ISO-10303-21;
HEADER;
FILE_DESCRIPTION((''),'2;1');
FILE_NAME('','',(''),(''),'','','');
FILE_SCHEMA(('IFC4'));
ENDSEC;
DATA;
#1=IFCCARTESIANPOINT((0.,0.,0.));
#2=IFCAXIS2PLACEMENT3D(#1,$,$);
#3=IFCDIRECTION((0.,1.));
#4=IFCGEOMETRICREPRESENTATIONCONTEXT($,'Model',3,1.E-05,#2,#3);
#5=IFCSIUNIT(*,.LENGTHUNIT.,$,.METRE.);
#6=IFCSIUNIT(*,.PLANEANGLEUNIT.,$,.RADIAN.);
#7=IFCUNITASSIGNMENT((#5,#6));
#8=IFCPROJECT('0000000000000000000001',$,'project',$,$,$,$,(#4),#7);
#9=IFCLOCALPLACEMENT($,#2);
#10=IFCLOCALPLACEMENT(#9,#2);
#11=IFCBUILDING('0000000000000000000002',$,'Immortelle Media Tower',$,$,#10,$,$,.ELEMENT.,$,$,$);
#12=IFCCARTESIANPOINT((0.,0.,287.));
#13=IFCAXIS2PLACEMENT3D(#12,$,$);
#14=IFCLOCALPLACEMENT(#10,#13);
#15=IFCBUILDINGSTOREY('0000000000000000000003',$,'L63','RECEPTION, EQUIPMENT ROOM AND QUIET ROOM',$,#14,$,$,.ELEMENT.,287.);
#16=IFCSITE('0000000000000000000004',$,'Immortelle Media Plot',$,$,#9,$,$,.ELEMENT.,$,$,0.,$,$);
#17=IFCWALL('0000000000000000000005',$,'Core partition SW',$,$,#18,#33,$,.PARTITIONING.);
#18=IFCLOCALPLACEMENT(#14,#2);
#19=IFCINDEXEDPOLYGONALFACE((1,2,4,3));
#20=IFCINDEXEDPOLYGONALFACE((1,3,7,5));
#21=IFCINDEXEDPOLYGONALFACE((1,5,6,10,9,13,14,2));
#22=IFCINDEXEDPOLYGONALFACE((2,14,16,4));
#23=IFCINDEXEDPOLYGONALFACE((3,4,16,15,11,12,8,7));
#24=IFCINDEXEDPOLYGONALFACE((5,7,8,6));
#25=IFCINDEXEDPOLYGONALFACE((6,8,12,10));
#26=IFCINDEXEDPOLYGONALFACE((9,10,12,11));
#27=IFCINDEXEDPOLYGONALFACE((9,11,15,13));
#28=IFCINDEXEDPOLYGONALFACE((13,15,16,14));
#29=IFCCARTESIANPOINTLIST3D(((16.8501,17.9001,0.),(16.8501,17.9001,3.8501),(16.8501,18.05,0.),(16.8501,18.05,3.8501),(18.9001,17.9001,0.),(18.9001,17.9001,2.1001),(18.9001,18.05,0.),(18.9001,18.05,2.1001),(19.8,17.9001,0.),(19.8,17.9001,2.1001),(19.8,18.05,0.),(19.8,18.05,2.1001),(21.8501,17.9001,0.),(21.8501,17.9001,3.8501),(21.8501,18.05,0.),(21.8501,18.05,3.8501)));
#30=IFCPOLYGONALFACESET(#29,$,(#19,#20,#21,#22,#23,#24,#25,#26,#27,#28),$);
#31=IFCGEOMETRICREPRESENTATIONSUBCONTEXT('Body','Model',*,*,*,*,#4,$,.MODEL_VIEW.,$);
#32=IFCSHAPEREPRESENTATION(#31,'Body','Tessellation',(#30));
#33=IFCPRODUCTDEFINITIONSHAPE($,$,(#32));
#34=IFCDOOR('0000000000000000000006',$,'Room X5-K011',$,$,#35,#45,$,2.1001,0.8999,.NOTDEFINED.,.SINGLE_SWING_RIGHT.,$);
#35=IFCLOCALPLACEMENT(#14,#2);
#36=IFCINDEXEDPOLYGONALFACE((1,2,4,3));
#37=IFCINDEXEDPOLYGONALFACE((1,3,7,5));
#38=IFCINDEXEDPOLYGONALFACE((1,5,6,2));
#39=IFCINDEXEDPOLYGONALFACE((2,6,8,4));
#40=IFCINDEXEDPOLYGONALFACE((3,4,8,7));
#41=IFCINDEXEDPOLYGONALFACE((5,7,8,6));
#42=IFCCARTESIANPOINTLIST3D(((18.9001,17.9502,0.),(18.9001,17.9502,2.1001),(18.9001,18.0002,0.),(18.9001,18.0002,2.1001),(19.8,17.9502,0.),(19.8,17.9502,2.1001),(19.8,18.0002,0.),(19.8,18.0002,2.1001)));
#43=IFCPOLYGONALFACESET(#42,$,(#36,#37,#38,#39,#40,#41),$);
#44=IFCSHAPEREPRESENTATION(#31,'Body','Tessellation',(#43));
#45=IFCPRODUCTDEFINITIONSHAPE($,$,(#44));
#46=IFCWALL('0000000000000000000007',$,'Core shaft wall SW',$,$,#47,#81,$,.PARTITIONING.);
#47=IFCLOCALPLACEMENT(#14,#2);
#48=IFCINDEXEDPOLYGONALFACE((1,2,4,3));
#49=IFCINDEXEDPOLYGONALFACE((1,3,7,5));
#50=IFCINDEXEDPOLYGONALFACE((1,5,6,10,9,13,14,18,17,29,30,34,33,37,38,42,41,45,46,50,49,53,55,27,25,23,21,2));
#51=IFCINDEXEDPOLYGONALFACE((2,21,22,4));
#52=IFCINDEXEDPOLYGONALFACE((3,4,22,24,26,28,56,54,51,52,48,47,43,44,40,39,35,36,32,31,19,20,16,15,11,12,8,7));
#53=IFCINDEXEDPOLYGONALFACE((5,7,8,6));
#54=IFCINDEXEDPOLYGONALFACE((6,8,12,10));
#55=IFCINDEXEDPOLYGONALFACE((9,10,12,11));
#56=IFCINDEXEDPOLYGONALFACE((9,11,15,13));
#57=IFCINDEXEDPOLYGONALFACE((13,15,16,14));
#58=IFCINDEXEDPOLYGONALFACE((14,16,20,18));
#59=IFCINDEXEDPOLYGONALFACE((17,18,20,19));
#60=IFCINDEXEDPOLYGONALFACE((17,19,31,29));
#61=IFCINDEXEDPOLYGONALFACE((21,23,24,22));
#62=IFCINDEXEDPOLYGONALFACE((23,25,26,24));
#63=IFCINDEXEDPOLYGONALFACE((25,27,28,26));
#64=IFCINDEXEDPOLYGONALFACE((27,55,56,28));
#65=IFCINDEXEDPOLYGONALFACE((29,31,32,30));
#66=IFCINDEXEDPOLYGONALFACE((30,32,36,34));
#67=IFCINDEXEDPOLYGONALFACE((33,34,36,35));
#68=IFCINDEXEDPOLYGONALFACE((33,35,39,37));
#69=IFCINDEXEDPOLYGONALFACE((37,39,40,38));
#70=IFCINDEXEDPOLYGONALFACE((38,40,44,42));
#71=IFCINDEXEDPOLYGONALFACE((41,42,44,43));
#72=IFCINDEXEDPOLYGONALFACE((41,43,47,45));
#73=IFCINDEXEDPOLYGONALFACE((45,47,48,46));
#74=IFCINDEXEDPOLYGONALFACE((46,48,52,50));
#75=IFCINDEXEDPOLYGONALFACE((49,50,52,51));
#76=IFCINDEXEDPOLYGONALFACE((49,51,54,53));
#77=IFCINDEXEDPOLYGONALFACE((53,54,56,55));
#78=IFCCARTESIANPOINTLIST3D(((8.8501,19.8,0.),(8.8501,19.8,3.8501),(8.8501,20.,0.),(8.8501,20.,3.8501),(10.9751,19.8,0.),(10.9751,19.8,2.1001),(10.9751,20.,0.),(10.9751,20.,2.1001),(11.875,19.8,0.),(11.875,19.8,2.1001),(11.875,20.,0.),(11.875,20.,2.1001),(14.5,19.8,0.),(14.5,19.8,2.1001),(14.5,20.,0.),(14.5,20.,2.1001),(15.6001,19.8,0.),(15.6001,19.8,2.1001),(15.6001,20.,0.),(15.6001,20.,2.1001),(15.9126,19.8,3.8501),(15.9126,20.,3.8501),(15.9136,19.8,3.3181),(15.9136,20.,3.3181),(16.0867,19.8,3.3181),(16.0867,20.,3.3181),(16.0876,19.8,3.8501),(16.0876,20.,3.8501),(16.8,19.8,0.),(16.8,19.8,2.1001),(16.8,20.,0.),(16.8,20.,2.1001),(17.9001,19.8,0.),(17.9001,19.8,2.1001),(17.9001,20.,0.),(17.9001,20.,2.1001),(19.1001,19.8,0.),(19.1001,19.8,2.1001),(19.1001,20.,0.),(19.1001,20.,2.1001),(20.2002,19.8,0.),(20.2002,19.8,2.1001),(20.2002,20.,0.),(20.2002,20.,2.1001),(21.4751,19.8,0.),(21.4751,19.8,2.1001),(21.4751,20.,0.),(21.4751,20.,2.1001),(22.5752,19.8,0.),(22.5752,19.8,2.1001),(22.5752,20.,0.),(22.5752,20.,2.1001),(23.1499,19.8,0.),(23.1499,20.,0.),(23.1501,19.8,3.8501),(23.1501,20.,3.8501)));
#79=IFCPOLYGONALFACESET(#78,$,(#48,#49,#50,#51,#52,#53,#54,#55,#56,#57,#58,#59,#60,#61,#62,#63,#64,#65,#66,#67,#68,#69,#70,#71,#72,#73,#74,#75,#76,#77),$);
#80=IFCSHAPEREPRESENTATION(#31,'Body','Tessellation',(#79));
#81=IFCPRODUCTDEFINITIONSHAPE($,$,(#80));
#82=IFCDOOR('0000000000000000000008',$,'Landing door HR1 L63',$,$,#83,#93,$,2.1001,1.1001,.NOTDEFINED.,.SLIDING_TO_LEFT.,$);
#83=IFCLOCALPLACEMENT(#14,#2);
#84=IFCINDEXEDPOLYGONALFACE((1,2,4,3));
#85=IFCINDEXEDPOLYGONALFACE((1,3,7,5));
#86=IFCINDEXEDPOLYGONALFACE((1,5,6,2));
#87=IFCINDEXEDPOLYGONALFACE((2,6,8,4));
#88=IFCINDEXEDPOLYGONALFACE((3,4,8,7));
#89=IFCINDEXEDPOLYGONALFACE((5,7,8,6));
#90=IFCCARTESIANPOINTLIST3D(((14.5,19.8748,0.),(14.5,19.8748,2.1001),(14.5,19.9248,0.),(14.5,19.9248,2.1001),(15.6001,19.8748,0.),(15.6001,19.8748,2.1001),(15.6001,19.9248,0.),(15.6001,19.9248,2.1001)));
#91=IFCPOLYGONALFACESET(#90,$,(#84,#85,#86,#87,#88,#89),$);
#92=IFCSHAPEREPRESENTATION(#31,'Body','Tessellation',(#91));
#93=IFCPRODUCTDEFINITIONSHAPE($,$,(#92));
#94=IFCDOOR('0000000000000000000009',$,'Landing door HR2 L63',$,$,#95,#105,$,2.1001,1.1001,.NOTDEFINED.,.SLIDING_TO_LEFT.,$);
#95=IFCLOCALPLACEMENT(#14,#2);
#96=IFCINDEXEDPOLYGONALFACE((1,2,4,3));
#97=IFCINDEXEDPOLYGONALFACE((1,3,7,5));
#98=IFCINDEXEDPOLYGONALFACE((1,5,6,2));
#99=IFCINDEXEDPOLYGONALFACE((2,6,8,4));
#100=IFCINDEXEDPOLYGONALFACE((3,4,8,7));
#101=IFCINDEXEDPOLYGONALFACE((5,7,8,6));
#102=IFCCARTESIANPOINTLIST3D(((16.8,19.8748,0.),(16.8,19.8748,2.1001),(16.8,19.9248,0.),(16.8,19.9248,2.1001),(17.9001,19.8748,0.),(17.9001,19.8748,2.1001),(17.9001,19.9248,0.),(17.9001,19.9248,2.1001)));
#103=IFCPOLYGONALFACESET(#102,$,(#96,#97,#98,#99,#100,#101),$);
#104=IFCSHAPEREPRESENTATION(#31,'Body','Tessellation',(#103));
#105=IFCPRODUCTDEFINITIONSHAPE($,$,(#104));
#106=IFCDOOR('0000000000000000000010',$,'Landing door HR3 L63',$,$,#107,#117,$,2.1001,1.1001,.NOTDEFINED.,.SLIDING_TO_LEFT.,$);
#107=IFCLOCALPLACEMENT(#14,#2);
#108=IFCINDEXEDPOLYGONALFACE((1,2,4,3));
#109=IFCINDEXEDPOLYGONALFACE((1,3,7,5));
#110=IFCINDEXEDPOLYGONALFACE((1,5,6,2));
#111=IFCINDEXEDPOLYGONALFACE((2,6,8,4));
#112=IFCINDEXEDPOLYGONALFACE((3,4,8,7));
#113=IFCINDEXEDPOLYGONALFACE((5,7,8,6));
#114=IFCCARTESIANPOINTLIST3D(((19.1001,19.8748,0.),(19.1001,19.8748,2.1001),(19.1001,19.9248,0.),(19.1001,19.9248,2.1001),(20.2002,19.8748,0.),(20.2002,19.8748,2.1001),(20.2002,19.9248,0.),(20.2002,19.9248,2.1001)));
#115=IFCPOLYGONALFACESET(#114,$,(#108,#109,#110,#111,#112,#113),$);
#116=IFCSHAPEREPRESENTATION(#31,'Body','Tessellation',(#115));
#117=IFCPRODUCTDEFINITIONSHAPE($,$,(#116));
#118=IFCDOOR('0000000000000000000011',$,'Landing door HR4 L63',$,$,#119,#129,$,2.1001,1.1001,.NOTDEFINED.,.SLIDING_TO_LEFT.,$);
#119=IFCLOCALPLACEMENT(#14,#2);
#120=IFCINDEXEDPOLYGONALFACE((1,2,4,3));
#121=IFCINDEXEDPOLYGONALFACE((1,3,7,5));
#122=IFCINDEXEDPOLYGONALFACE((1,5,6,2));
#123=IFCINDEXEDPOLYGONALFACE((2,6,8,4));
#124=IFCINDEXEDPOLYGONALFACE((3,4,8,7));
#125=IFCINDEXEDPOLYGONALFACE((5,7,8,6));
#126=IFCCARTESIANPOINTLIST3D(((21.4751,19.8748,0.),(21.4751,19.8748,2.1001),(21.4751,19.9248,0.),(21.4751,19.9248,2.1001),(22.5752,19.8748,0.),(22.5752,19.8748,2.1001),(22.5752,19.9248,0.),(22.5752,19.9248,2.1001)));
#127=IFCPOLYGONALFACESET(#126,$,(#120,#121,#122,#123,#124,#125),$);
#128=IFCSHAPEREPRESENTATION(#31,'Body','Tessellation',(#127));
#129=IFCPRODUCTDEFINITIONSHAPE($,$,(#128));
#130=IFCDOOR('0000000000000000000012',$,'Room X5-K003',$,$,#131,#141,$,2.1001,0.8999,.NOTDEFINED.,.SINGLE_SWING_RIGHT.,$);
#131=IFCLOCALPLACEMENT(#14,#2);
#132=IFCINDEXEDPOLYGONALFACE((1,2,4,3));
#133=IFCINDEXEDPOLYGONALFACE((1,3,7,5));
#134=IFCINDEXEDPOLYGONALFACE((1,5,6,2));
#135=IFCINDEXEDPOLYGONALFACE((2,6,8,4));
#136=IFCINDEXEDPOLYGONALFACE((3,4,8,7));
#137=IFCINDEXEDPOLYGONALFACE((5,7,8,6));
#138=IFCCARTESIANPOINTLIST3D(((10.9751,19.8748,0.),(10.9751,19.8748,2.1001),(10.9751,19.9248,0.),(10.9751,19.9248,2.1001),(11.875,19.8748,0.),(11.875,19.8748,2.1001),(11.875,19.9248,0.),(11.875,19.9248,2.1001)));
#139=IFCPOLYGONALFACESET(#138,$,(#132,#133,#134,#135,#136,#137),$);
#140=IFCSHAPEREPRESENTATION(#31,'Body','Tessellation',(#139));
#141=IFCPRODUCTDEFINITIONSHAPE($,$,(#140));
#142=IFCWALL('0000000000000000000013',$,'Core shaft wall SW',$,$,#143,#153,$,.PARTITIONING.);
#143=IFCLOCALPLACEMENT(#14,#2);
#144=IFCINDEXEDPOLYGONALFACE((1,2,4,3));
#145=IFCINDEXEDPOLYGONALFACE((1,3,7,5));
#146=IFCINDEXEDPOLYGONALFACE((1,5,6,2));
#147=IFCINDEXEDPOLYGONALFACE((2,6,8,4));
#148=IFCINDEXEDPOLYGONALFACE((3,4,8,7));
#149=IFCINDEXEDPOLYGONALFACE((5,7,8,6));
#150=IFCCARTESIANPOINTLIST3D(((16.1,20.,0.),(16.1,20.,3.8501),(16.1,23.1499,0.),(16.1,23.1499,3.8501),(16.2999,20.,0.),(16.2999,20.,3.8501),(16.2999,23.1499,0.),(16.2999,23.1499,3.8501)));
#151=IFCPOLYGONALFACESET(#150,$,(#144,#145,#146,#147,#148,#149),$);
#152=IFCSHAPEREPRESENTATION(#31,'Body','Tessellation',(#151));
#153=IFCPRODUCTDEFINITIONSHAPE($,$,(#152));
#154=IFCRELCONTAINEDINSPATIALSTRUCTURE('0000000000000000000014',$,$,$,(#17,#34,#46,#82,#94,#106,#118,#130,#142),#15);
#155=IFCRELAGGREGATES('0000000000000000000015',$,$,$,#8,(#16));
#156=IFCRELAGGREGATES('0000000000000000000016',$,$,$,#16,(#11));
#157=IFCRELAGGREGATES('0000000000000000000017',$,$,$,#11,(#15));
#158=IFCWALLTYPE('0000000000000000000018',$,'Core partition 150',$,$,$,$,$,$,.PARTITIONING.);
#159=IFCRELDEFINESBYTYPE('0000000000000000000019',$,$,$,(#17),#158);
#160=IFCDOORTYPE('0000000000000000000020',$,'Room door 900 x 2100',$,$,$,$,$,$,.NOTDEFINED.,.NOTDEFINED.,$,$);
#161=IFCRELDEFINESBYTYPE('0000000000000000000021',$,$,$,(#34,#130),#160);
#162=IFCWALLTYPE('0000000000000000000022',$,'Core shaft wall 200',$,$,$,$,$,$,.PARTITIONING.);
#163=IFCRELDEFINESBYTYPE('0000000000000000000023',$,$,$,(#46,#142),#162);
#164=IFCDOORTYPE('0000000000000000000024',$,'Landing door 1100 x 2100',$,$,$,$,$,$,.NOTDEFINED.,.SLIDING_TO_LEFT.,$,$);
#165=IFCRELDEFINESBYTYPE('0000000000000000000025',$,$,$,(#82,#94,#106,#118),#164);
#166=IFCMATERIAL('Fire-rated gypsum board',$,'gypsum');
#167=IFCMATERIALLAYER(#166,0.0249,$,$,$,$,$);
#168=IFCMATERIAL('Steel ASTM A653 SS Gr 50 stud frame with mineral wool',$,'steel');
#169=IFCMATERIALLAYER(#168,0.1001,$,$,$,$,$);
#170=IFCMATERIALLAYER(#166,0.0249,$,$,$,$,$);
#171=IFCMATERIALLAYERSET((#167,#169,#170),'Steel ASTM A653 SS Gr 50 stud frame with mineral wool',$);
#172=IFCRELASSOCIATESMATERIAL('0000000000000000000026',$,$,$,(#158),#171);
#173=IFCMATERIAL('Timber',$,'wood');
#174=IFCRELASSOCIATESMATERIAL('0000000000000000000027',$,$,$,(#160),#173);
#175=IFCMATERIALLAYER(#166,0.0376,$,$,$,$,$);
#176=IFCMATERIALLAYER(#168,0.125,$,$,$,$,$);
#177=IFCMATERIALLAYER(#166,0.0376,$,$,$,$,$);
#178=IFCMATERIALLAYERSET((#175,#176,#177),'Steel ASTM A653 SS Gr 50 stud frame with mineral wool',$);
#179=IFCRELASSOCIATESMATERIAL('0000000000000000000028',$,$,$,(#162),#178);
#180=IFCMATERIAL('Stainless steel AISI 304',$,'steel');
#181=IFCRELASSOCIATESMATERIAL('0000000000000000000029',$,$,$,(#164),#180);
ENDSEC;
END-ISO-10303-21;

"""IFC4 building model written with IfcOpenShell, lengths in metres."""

from ifc_helpers import new_model, si_unit, direction, frame, frame_2d, origin, place, context, subcontext, project, spatial, polyline, rectangle, outline, extrude, material, layer, layer_set, type_object, element, fill, save


model = new_model("IFC4")

# Units and contexts
model_context = context("Model", 3, precision=1e-05, world=origin(), true_north=direction((0.0, 1.0)))
body_context = subcontext(model_context, "Body", "Model", "MODEL_VIEW")
ifc_project = project(units=[si_unit("LENGTHUNIT", "METRE"), si_unit("PLANEANGLEUNIT", "RADIAN")], contexts=[model_context])

# Site, building, storey
site_placement = place(None, origin())
site = spatial("IfcSite", under=ifc_project, at=site_placement, Name="Immortelle Media Plot", CompositionType="ELEMENT", RefElevation=0.0)
building_placement = place(site_placement, origin())
building = spatial("IfcBuilding", under=site, at=building_placement, Name="Immortelle Media Tower", CompositionType="ELEMENT")
storey_placement = place(building_placement, frame((0.0, 0.0, 287.0)))
storey = spatial("IfcBuildingStorey", under=building, at=storey_placement, Name="L63", Description="RECEPTION, EQUIPMENT ROOM AND QUIET ROOM", CompositionType="ELEMENT", Elevation=287.0)

# Shared definitions
ifc_material_1 = material(Name="Timber", Category="wood")

# Shared definitions
ifc_material_2 = material(Name="Fire-rated gypsum board", Category="gypsum")
ifc_layer_1 = layer(ifc_material_2, 0.0249)
ifc_material_3 = material(Name="Steel ASTM A653 SS Gr 50 stud frame with mineral wool", Category="steel")
ifc_layer_2 = layer(ifc_material_3, 0.1001)
ifc_layer_3 = layer(ifc_material_2, 0.0249)
ifc_layer_set_1 = layer_set([ifc_layer_1, ifc_layer_2, ifc_layer_3], Name="Steel ASTM A653 SS Gr 50 stud frame with mineral wool")
wall_type_1 = type_object("IfcWallType", Name="Core partition 150", PredefinedType="PARTITIONING", material=ifc_layer_set_1)

# Shared definitions
door_type_1 = type_object("IfcDoorType", Name="Room door 900 x 2100", OperationType="NOTDEFINED", PredefinedType="NOTDEFINED", material=ifc_material_1)

# Wall, opening, door
wall_1_placement = place(storey_placement, frame((16.8501, 17.9751, 0.0), z_axis=(0.0, 0.0, 1.0), x_axis=(1.0, 0.0, 0.0)))
wall_1 = element("IfcWall", 1, at=wall_1_placement, inside=storey, type_object=wall_type_1, Name="Core partition SW", PredefinedType="PARTITIONING", context=body_context, shape_type="SweptSolid", body=[
    extrude(rectangle(XDim=5.0, YDim=0.1499, at=frame_2d((2.5, 0.0))), origin(), (0.0, 0.0, 1.0), 3.8501),
])
opening_1_placement = place(wall_1_placement, frame((2.95, 0.0, 0.0), z_axis=(0.0, 0.0, 1.0), x_axis=(-1.0, 0.0, 0.0)))
opening_1 = element("IfcOpeningElement", 2, at=opening_1_placement, cuts=wall_1, PredefinedType="OPENING", context=body_context, shape_type="SweptSolid", body=[
    extrude(rectangle(XDim=0.8999, YDim=2.1001, at=frame_2d((0.45, 1.05))), frame((0.0, 0.085, 0.0), z_axis=(0.0, -1.0, 0.0), x_axis=(1.0, 0.0, 0.0)), (0.0, 0.0, 1.0), 0.1699),
])
door_1_placement = place(opening_1_placement, origin())
door_1 = element("IfcDoor", 3, at=door_1_placement, inside=storey, type_object=door_type_1, Name="Room X5-K011", OperationType="SINGLE_SWING_RIGHT", OverallHeight=2.1001, OverallWidth=0.8999, PredefinedType="NOTDEFINED", context=body_context, shape_type="SweptSolid", body=[
    extrude(rectangle(XDim=0.8999, YDim=2.1001, at=frame_2d((0.45, 1.05))), frame((0.0, 0.0249, 0.0), z_axis=(0.0, -1.0, 0.0), x_axis=(1.0, 0.0, 0.0)), (0.0, 0.0, 1.0), 0.05),
])
fill(opening_1, door_1)

# Wall, openings, doors
ifc_layer_4 = layer(ifc_material_2, 0.0376)
ifc_layer_5 = layer(ifc_material_3, 0.125)
ifc_layer_6 = layer(ifc_material_2, 0.0376)
ifc_layer_set_2 = layer_set([ifc_layer_4, ifc_layer_5, ifc_layer_6], Name="Steel ASTM A653 SS Gr 50 stud frame with mineral wool")
wall_type_2 = type_object("IfcWallType", Name="Core shaft wall 200", PredefinedType="PARTITIONING", material=ifc_layer_set_2)
wall_2_placement = place(storey_placement, frame((8.8501, 19.8999, 0.0), z_axis=(0.0, 0.0, 1.0), x_axis=(1.0, 0.0, 0.0)))
wall_2 = element("IfcWall", 4, at=wall_2_placement, inside=storey, type_object=wall_type_2, Name="Core shaft wall SW", PredefinedType="PARTITIONING", context=body_context, shape_type="SweptSolid", body=[
    extrude(outline(polyline([(0.0, 0.0), (14.2998, 0.0), (14.3, 3.8501), (7.2375, 3.8501), (7.2366, 3.3181), (7.0635, 3.3181), (7.0625, 3.8501), (0.0, 3.8501), (0.0, 0.0)])), frame((0.0, 0.1001, 0.0), z_axis=(0.0, -1.0, 0.0), x_axis=(1.0, 0.0, 0.0)), (0.0, 0.0, 1.0), 0.2),
])
opening_2_placement = place(wall_2_placement, frame((2.125, 0.0, 0.0)))
opening_2 = element("IfcOpeningElement", 5, at=opening_2_placement, cuts=wall_2, PredefinedType="OPENING", context=body_context, shape_type="SweptSolid", body=[
    extrude(rectangle(XDim=0.8999, YDim=2.1001, at=frame_2d((0.45, 1.05))), frame((0.0, 0.1099, 0.0), z_axis=(0.0, -1.0, 0.0), x_axis=(1.0, 0.0, 0.0)), (0.0, 0.0, 1.0), 0.22),
])
opening_3_placement = place(wall_2_placement, frame((5.6499, 0.0, 0.0)))
opening_3 = element("IfcOpeningElement", 6, at=opening_3_placement, cuts=wall_2, PredefinedType="OPENING", context=body_context, shape_type="SweptSolid", body=[
    extrude(rectangle(XDim=1.1001, YDim=2.1001, at=frame_2d((0.55, 1.05))), frame((0.0, 0.1099, 0.0), z_axis=(0.0, -1.0, 0.0), x_axis=(1.0, 0.0, 0.0)), (0.0, 0.0, 1.0), 0.22),
])
opening_4_placement = place(wall_2_placement, frame((7.95, 0.0, 0.0)))
opening_4 = element("IfcOpeningElement", 7, at=opening_4_placement, cuts=wall_2, PredefinedType="OPENING", context=body_context, shape_type="SweptSolid", body=[
    extrude(rectangle(XDim=1.1001, YDim=2.1001, at=frame_2d((0.55, 1.05))), frame((0.0, 0.1099, 0.0), z_axis=(0.0, -1.0, 0.0), x_axis=(1.0, 0.0, 0.0)), (0.0, 0.0, 1.0), 0.22),
])
opening_5_placement = place(wall_2_placement, frame((10.25, 0.0, 0.0)))
opening_5 = element("IfcOpeningElement", 8, at=opening_5_placement, cuts=wall_2, PredefinedType="OPENING", context=body_context, shape_type="SweptSolid", body=[
    extrude(rectangle(XDim=1.1001, YDim=2.1001, at=frame_2d((0.55, 1.05))), frame((0.0, 0.1099, 0.0), z_axis=(0.0, -1.0, 0.0), x_axis=(1.0, 0.0, 0.0)), (0.0, 0.0, 1.0), 0.22),
])
opening_6_placement = place(wall_2_placement, frame((12.625, 0.0, 0.0)))
opening_6 = element("IfcOpeningElement", 9, at=opening_6_placement, cuts=wall_2, PredefinedType="OPENING", context=body_context, shape_type="SweptSolid", body=[
    extrude(rectangle(XDim=1.1001, YDim=2.1001, at=frame_2d((0.55, 1.05))), frame((0.0, 0.1099, 0.0), z_axis=(0.0, -1.0, 0.0), x_axis=(1.0, 0.0, 0.0)), (0.0, 0.0, 1.0), 0.22),
])
ifc_material_4 = material(Name="Stainless steel AISI 304", Category="steel")
door_type_2 = type_object("IfcDoorType", Name="Landing door 1100 x 2100", OperationType="SLIDING_TO_LEFT", PredefinedType="NOTDEFINED", material=ifc_material_4)
door_2_placement = place(opening_3_placement, origin())
door_2 = element("IfcDoor", 10, at=door_2_placement, inside=storey, type_object=door_type_2, Name="Landing door HR1 L63", OperationType="SLIDING_TO_LEFT", OverallHeight=2.1001, OverallWidth=1.1001, PredefinedType="NOTDEFINED", context=body_context, shape_type="SweptSolid", body=[
    extrude(rectangle(XDim=1.1001, YDim=2.1001, at=frame_2d((0.55, 1.05))), frame((0.0, 0.0249, 0.0), z_axis=(0.0, -1.0, 0.0), x_axis=(1.0, 0.0, 0.0)), (0.0, 0.0, 1.0), 0.05),
])
fill(opening_3, door_2)
door_3_placement = place(opening_4_placement, origin())
door_3 = element("IfcDoor", 11, at=door_3_placement, inside=storey, type_object=door_type_2, Name="Landing door HR2 L63", OperationType="SLIDING_TO_LEFT", OverallHeight=2.1001, OverallWidth=1.1001, PredefinedType="NOTDEFINED", context=body_context, shape_type="SweptSolid", body=[
    extrude(rectangle(XDim=1.1001, YDim=2.1001, at=frame_2d((0.55, 1.05))), frame((0.0, 0.0249, 0.0), z_axis=(0.0, -1.0, 0.0), x_axis=(1.0, 0.0, 0.0)), (0.0, 0.0, 1.0), 0.05),
])
fill(opening_4, door_3)
door_4_placement = place(opening_5_placement, origin())
door_4 = element("IfcDoor", 12, at=door_4_placement, inside=storey, type_object=door_type_2, Name="Landing door HR3 L63", OperationType="SLIDING_TO_LEFT", OverallHeight=2.1001, OverallWidth=1.1001, PredefinedType="NOTDEFINED", context=body_context, shape_type="SweptSolid", body=[
    extrude(rectangle(XDim=1.1001, YDim=2.1001, at=frame_2d((0.55, 1.05))), frame((0.0, 0.0249, 0.0), z_axis=(0.0, -1.0, 0.0), x_axis=(1.0, 0.0, 0.0)), (0.0, 0.0, 1.0), 0.05),
])
fill(opening_5, door_4)
door_5_placement = place(opening_6_placement, origin())
door_5 = element("IfcDoor", 13, at=door_5_placement, inside=storey, type_object=door_type_2, Name="Landing door HR4 L63", OperationType="SLIDING_TO_LEFT", OverallHeight=2.1001, OverallWidth=1.1001, PredefinedType="NOTDEFINED", context=body_context, shape_type="SweptSolid", body=[
    extrude(rectangle(XDim=1.1001, YDim=2.1001, at=frame_2d((0.55, 1.05))), frame((0.0, 0.0249, 0.0), z_axis=(0.0, -1.0, 0.0), x_axis=(1.0, 0.0, 0.0)), (0.0, 0.0, 1.0), 0.05),
])
fill(opening_6, door_5)
door_6_placement = place(opening_2_placement, origin())
door_6 = element("IfcDoor", 14, at=door_6_placement, inside=storey, type_object=door_type_1, Name="Room X5-K003", OperationType="SINGLE_SWING_RIGHT", OverallHeight=2.1001, OverallWidth=0.8999, PredefinedType="NOTDEFINED", context=body_context, shape_type="SweptSolid", body=[
    extrude(rectangle(XDim=0.8999, YDim=2.1001, at=frame_2d((0.45, 1.05))), frame((0.0, 0.0249, 0.0), z_axis=(0.0, -1.0, 0.0), x_axis=(1.0, 0.0, 0.0)), (0.0, 0.0, 1.0), 0.05),
])
fill(opening_2, door_6)

# Wall
wall_3_placement = place(storey_placement, frame((16.2, 20.0, 0.0), z_axis=(0.0, 0.0, 1.0), x_axis=(0.0, 1.0, 0.0)))
element("IfcWall", 15, at=wall_3_placement, inside=storey, type_object=wall_type_2, Name="Core shaft wall SW", PredefinedType="PARTITIONING", context=body_context, shape_type="SweptSolid", body=[
    extrude(rectangle(XDim=3.1499, YDim=0.2, at=frame_2d((1.575, 0.0))), origin(), (0.0, 0.0, 1.0), 3.8501),
])

save(model, "model.ifc")
